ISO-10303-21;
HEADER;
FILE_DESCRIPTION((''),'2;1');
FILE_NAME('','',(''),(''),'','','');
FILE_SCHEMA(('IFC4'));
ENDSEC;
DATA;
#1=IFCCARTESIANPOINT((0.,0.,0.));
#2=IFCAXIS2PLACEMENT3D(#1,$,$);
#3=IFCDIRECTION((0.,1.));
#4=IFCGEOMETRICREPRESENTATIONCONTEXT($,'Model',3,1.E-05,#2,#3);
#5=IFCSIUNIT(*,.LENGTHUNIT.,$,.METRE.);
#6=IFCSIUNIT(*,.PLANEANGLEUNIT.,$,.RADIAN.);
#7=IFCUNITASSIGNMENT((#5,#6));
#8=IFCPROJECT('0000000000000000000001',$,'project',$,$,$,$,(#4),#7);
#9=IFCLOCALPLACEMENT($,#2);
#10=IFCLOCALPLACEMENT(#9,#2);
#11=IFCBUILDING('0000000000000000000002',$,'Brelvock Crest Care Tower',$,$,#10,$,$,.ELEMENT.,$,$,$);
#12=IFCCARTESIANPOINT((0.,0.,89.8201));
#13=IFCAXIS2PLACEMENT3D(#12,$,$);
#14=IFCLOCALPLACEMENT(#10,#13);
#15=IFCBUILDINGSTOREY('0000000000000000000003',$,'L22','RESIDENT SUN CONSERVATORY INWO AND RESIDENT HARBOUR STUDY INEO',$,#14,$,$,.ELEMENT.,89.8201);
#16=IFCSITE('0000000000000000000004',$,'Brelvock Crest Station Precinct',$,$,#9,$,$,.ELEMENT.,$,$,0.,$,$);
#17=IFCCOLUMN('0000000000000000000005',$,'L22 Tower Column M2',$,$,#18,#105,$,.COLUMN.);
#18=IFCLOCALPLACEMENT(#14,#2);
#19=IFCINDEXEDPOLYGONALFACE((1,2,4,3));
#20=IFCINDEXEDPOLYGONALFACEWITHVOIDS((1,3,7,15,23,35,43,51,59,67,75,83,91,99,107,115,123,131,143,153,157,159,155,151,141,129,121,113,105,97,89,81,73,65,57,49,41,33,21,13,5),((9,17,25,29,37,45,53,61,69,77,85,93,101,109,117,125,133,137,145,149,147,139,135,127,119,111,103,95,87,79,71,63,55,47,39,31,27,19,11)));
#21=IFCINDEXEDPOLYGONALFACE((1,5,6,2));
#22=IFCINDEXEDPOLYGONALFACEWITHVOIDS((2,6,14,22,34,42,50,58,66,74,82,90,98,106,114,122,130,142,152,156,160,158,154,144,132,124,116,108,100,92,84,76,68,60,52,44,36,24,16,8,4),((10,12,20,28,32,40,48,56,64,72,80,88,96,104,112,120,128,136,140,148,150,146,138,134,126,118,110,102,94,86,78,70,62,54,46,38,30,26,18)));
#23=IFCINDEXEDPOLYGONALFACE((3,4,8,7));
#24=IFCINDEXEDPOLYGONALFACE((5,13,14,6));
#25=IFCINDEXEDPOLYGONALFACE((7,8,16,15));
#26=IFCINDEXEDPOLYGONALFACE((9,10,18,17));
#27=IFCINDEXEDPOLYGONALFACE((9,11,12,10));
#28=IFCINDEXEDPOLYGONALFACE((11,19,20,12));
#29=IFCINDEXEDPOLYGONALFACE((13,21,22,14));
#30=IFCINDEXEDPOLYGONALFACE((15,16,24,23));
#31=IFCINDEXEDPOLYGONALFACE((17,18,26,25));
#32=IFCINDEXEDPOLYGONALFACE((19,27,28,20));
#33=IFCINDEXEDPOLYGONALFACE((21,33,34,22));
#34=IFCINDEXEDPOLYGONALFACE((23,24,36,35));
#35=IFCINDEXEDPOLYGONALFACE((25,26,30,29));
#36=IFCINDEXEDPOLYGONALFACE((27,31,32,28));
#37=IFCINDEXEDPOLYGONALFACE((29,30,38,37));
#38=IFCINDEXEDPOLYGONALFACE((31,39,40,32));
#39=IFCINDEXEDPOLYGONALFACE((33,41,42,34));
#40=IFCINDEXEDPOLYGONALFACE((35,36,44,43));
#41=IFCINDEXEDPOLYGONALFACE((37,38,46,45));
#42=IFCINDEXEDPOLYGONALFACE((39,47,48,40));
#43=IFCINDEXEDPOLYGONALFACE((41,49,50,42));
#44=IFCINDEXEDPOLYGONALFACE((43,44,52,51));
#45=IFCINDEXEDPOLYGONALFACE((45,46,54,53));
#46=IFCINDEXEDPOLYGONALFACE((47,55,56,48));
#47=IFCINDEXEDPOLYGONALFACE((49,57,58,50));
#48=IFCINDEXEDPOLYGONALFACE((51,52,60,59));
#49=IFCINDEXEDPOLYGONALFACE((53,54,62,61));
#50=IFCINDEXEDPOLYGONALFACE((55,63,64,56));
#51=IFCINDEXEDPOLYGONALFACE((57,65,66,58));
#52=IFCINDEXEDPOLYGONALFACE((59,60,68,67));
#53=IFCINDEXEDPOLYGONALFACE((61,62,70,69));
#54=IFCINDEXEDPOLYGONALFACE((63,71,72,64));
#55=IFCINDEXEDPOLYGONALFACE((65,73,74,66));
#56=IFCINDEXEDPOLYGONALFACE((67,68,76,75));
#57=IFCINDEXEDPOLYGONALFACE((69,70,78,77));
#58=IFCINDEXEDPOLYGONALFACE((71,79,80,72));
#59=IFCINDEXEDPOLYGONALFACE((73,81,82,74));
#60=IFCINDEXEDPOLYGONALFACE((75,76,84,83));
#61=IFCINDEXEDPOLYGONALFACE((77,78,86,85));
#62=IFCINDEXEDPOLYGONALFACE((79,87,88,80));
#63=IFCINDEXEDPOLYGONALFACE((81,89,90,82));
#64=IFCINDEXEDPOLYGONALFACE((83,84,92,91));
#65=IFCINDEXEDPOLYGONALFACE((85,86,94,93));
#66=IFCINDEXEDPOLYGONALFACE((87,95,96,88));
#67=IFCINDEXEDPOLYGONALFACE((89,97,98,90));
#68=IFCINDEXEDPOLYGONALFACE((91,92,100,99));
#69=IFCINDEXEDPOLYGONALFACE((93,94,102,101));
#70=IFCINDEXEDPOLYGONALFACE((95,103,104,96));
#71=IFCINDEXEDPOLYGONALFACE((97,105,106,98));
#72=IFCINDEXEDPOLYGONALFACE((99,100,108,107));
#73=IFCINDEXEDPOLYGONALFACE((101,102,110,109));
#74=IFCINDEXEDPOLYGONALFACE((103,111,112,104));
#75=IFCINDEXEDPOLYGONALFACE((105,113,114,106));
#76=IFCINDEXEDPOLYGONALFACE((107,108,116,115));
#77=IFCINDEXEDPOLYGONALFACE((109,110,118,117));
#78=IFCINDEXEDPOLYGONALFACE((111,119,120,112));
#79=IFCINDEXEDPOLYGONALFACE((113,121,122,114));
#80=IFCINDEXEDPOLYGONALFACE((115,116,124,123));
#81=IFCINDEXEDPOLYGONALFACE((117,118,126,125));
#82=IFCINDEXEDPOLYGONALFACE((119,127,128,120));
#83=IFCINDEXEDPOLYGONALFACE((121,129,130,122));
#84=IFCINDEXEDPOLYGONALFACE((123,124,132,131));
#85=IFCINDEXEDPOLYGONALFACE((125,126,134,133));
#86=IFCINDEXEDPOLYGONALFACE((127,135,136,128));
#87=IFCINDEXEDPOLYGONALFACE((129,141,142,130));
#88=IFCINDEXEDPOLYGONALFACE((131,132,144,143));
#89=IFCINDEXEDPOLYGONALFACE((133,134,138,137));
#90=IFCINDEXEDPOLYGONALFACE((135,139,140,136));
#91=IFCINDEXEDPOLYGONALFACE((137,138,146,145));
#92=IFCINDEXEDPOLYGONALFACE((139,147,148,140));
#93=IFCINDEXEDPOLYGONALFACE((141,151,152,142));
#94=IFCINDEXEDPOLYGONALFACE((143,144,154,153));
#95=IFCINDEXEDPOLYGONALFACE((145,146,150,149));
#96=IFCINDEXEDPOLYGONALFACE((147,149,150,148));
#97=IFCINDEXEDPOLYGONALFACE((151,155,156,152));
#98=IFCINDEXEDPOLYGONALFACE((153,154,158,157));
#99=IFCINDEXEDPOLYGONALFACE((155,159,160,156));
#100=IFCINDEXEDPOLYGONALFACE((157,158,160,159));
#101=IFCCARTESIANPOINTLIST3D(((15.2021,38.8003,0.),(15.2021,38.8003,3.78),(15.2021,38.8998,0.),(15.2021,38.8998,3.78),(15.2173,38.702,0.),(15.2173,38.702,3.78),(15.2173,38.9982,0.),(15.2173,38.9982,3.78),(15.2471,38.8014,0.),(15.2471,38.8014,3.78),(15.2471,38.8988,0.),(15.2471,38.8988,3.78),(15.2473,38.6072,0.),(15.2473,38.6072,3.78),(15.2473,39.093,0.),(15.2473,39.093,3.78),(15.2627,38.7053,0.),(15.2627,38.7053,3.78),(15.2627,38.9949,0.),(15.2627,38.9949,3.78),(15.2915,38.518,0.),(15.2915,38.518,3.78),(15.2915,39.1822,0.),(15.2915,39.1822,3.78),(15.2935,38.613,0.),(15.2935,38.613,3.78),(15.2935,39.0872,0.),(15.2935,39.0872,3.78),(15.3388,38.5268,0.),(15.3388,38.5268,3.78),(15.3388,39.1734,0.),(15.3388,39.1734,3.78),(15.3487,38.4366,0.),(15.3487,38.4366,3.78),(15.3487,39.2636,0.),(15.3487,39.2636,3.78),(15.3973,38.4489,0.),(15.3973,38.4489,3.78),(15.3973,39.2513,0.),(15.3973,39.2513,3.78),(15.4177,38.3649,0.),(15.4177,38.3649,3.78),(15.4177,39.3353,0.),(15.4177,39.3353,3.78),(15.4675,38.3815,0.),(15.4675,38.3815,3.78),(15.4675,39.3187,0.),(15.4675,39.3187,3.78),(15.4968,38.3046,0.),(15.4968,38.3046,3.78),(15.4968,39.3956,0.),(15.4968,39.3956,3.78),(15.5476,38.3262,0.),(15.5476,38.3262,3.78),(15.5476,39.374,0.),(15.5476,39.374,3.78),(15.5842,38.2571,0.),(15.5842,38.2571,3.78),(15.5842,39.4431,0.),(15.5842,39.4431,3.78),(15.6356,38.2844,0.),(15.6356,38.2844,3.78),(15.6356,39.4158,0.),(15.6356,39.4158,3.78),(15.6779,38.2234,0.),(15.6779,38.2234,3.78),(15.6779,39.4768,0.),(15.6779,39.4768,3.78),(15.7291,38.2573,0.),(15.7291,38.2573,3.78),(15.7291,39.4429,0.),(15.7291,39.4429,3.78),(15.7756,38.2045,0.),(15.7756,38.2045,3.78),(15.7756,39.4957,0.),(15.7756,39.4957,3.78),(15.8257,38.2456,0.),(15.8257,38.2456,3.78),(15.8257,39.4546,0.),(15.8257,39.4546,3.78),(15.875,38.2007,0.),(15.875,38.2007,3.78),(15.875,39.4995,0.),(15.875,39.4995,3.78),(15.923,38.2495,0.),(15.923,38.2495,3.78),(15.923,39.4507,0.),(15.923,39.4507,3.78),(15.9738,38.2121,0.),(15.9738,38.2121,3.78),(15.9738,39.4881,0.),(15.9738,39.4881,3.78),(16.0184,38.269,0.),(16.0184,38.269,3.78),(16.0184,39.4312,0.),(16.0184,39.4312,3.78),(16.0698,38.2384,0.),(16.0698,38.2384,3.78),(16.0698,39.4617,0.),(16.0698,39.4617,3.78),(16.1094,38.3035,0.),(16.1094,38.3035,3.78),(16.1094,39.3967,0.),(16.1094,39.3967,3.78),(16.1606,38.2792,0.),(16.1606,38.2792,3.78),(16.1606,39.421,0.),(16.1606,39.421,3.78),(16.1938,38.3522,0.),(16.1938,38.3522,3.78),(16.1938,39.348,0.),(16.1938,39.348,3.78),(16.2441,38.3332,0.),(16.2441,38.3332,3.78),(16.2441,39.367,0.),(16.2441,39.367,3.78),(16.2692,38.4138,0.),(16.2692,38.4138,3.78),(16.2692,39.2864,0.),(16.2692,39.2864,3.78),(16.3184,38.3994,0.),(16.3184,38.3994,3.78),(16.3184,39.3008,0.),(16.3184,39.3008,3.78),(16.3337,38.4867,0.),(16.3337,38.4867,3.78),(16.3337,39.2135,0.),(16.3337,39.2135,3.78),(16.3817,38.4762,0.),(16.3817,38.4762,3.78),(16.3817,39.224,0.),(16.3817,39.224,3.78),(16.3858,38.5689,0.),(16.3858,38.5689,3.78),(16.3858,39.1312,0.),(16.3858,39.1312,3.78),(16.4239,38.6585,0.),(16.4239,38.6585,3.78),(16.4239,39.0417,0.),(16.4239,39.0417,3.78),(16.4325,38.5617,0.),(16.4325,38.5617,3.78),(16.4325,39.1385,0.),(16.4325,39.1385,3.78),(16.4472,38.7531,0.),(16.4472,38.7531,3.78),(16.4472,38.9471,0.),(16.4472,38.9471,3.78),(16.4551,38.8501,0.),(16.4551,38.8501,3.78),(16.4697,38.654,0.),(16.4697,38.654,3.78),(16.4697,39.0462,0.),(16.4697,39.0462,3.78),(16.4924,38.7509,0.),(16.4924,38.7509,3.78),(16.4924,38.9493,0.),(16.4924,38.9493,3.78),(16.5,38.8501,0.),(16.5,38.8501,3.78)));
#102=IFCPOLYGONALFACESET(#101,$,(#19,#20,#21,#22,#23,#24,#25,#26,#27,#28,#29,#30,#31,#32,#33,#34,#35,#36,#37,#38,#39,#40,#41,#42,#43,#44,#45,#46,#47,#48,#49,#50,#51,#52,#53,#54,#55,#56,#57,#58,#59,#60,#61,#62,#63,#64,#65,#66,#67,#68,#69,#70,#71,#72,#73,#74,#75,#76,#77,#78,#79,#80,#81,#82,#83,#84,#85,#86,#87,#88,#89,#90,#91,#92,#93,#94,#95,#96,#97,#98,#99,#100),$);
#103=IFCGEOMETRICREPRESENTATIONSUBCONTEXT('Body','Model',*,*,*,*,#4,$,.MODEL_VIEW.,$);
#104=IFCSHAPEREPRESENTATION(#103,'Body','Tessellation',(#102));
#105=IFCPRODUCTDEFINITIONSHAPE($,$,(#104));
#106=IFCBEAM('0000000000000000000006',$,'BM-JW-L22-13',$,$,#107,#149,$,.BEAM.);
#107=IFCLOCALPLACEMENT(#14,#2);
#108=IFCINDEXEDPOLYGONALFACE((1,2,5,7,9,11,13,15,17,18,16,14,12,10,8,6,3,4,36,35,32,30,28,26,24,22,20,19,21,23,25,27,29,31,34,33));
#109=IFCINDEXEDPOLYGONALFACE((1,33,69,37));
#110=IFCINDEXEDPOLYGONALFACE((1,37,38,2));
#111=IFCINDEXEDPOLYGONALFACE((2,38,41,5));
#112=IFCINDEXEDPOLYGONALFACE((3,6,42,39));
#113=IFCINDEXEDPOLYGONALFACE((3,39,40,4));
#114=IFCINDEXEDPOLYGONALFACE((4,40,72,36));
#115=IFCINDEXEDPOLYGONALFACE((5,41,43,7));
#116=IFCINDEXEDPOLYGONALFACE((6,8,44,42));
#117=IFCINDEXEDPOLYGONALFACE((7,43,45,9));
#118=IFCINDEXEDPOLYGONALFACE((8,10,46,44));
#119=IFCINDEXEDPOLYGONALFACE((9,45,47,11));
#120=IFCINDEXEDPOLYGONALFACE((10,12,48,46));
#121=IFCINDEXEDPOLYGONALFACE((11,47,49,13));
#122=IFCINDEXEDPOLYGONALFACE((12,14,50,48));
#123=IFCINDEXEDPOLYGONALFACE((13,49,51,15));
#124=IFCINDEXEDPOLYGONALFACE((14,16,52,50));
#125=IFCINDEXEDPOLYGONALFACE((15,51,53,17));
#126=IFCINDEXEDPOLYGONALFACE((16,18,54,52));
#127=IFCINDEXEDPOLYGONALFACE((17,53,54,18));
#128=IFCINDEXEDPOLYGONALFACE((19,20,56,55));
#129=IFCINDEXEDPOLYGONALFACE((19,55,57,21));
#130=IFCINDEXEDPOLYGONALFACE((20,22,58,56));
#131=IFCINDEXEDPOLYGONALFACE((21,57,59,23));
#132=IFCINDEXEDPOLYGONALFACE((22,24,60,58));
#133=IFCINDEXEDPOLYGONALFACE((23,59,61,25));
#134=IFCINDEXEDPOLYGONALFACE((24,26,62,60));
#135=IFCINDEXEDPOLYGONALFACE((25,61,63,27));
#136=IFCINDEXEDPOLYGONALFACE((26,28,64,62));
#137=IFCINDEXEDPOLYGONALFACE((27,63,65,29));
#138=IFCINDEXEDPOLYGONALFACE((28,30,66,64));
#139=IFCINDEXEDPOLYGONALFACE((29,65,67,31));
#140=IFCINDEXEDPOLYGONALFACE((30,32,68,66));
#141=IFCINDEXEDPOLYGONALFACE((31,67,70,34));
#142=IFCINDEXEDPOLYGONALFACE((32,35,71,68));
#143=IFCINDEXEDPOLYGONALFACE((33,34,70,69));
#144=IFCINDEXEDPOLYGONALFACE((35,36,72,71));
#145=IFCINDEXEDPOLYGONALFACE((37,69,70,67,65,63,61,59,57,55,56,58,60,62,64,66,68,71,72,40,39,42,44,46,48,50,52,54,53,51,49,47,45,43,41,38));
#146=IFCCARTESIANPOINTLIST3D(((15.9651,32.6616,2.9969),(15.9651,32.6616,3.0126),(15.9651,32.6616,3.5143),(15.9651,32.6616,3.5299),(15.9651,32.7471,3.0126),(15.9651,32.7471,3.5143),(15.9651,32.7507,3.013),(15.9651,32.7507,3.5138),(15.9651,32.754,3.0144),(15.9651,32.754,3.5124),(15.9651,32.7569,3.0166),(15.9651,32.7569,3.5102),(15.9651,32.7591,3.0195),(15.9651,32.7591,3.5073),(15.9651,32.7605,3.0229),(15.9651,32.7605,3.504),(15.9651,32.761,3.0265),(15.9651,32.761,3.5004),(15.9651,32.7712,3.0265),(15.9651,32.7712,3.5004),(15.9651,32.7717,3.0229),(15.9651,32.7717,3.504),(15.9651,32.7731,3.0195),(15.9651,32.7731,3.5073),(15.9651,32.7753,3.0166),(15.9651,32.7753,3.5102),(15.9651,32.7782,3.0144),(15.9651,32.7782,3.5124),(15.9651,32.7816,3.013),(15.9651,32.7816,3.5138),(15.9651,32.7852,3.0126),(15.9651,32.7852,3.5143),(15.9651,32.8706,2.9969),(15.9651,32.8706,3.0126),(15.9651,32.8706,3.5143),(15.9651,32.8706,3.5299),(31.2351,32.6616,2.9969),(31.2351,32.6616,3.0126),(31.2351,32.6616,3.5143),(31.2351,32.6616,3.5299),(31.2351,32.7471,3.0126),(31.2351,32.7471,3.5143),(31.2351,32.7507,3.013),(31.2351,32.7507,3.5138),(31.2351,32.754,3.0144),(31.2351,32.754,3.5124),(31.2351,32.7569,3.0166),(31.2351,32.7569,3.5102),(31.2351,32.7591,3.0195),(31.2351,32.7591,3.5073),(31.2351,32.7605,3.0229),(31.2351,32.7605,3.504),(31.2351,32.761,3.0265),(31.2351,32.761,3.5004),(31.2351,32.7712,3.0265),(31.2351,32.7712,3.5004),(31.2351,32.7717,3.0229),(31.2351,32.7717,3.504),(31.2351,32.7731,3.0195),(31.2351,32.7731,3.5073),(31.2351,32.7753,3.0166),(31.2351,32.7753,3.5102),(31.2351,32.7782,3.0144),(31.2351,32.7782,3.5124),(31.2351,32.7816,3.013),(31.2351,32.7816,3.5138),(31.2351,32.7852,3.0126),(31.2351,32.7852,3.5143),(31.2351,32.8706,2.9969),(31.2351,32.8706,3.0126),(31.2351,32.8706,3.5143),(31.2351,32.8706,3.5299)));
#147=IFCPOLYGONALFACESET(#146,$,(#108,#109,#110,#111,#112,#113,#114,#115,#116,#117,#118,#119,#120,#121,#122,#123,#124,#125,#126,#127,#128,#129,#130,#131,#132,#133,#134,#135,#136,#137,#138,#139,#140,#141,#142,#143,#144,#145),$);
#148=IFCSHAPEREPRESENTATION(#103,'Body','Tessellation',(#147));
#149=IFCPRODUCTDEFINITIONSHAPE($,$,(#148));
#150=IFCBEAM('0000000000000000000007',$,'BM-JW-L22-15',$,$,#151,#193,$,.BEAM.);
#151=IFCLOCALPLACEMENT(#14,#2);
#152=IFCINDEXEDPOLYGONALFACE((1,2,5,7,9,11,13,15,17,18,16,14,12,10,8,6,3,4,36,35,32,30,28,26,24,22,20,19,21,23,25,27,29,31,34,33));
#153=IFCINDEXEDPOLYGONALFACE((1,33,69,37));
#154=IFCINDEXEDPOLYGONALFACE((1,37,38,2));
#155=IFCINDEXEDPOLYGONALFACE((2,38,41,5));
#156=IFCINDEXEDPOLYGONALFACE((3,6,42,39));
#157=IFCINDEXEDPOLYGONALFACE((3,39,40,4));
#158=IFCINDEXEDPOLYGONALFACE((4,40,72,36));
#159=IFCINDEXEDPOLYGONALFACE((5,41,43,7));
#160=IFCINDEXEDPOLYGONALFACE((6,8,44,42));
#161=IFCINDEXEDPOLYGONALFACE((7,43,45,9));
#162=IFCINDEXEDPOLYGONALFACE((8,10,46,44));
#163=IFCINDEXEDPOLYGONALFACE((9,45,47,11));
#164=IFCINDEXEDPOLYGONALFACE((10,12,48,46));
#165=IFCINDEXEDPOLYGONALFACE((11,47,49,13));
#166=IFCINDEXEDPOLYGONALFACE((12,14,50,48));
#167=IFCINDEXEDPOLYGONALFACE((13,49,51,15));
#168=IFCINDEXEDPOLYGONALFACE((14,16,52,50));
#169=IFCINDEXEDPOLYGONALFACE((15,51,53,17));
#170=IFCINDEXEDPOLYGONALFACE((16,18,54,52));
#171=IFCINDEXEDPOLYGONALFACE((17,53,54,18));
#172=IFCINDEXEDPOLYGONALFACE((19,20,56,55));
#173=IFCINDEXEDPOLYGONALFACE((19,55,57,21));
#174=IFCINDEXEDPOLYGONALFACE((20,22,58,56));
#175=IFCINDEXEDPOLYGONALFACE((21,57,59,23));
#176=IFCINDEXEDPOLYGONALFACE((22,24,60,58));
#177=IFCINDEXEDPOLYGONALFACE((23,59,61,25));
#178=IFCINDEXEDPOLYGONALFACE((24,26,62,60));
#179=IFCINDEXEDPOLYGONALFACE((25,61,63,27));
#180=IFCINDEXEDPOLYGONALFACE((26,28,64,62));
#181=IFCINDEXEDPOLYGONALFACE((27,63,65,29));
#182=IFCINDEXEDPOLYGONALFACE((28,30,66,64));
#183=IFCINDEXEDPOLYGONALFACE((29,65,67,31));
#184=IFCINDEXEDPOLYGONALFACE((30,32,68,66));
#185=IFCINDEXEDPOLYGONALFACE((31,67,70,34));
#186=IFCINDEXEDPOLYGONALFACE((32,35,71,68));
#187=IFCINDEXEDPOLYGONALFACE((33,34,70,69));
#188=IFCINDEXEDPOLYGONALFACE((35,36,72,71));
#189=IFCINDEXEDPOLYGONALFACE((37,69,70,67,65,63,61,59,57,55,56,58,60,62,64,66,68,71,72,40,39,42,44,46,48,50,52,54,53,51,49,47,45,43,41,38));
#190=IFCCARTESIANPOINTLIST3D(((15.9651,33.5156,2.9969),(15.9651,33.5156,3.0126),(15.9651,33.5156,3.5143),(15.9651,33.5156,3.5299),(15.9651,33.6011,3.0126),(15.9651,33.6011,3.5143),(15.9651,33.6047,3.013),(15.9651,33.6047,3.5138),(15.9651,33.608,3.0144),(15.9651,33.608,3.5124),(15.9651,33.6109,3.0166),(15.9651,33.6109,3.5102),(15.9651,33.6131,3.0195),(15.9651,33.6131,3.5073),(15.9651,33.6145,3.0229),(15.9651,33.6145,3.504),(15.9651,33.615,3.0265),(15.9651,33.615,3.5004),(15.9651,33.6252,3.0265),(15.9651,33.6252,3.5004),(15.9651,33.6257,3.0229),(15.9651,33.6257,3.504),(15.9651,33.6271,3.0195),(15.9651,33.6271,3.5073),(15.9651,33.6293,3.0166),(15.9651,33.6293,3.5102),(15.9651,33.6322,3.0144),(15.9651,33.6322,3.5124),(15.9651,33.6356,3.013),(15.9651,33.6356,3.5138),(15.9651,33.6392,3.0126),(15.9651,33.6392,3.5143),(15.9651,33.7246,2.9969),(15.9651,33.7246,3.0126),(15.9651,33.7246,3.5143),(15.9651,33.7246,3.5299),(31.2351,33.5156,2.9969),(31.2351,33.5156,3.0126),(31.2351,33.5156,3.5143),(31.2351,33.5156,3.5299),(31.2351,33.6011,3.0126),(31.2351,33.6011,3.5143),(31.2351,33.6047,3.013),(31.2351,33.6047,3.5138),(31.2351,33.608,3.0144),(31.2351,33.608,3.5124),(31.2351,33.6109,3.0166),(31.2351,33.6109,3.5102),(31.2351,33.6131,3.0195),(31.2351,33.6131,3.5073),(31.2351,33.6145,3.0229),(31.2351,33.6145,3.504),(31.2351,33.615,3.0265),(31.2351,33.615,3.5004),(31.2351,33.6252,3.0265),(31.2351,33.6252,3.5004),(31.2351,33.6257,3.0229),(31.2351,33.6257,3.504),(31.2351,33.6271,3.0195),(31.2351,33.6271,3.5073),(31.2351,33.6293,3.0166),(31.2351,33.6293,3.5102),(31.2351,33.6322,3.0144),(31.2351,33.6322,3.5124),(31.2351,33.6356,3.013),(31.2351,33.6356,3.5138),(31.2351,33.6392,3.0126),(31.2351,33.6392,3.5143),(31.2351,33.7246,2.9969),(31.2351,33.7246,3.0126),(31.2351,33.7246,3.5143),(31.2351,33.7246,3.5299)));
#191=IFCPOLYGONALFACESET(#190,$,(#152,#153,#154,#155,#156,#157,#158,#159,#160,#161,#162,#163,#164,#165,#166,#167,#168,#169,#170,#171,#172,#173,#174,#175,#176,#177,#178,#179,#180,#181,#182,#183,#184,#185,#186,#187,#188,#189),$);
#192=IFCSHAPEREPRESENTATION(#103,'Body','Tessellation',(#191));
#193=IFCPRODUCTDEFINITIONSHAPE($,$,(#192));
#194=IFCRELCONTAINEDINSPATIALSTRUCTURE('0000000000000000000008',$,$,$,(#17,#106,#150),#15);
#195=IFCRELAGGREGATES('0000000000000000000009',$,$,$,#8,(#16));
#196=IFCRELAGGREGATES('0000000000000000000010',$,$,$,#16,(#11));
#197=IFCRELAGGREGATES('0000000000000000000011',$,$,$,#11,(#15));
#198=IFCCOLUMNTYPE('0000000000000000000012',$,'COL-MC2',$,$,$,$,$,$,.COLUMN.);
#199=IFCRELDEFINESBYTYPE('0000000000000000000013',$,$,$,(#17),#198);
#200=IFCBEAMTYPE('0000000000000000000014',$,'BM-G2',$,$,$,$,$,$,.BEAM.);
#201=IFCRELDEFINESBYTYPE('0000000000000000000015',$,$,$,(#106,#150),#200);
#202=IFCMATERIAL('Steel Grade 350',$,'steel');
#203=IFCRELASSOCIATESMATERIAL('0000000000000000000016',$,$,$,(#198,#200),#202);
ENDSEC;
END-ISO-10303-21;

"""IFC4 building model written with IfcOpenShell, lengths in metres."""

from ifc_helpers import new_model, si_unit, direction, frame, origin, origin_2d, place, context, subcontext, project, spatial, hollow_circle, i_section, extrude, source, transform, mapped, material, material_profile, profile_set, type_object, element, save


model = new_model("IFC4")

# Units and contexts
model_context = context("Model", 3, precision=1e-05, world=origin(), true_north=direction((0.0, 1.0)))
body_context = subcontext(model_context, "Body", "Model", "MODEL_VIEW")
ifc_project = project(units=[si_unit("LENGTHUNIT", "METRE"), si_unit("PLANEANGLEUNIT", "RADIAN")], contexts=[model_context])

# Site, building, storey
site_placement = place(None, origin())
site = spatial("IfcSite", under=ifc_project, at=site_placement, Name="Brelvock Crest Station Precinct", CompositionType="ELEMENT", RefElevation=0.0)
building_placement = place(site_placement, origin())
building = spatial("IfcBuilding", under=site, at=building_placement, Name="Brelvock Crest Care Tower", CompositionType="ELEMENT")
storey_placement = place(building_placement, frame((0.0, 0.0, 89.8201)))
storey = spatial("IfcBuildingStorey", under=building, at=storey_placement, Name="L22", Description="RESIDENT SUN CONSERVATORY INWO AND RESIDENT HARBOUR STUDY INEO", CompositionType="ELEMENT", Elevation=89.8201)

# Column
ifc_material_1 = material(Name="Steel Grade 350", Category="steel")
ifc_material_profile_1 = material_profile(ifc_material_1, hollow_circle(Radius=0.6499, WallThickness=0.0449, at=origin_2d()), Name="CFT1300x45")
ifc_profile_set_1 = profile_set([ifc_material_profile_1], Name="Steel Grade 350")
column_type = type_object("IfcColumnType", Name="COL-MC2", PredefinedType="COLUMN", material=ifc_profile_set_1)
shared_shape_1 = source(origin(), body_context, "Body", "SweptSolid", [
    extrude(hollow_circle(Radius=0.6499, WallThickness=0.0449, at=origin_2d()), origin(), (0.0, 0.0, 1.0), 3.78),
])
column_placement = place(storey_placement, frame((15.8501, 38.8501, 0.0), z_axis=(0.0, 0.0, 1.0), x_axis=(1.0, 0.0, 0.0)))
element("IfcColumn", 1, at=column_placement, inside=storey, type_object=column_type, Name="L22 Tower Column M2", PredefinedType="COLUMN", context=body_context, shape_type="MappedRepresentation", body=[
    mapped(shared_shape_1, transform((0.0, 0.0, 0.0), x_axis=(1.0, 0.0, 0.0), y_axis=(0.0, 1.0, 0.0), z_axis=(0.0, 0.0, 1.0), scale=1.0)),
])

# Beams
ifc_material_profile_2 = material_profile(ifc_material_1, i_section(OverallWidth=0.209, OverallDepth=0.533, WebThickness=0.0103, FlangeThickness=0.0156, FilletRadius=0.0139, at=origin_2d()), Name="530UB92.4")
ifc_profile_set_2 = profile_set([ifc_material_profile_2], Name="Steel Grade 350")
beam_type_1 = type_object("IfcBeamType", Name="BM-G2", PredefinedType="BEAM", material=ifc_profile_set_2)
shared_shape_2 = source(origin(), body_context, "Body", "SweptSolid", [
    extrude(i_section(OverallWidth=0.209, OverallDepth=0.533, WebThickness=0.0103, FlangeThickness=0.0156, FilletRadius=0.0139, at=origin_2d()), origin(), (0.0, 0.0, 1.0), 15.27),
])
for number, where, z_axis, x_axis, name in (
    (2, (15.9651, 32.7661, 3.2634), (1.0, 0.0, 0.0), (0.0, 1.0, 0.0), "BM-JW-L22-13"),
    (3, (15.9651, 33.6201, 3.2634), (1.0, 0.0, 0.0), (0.0, 1.0, 0.0), "BM-JW-L22-15"),
):
    element("IfcBeam", number, at=place(storey_placement, frame(where, z_axis=z_axis, x_axis=x_axis)), inside=storey, type_object=beam_type_1, Name=name, PredefinedType="BEAM", context=body_context, shape_type="MappedRepresentation", body=[
        mapped(shared_shape_2, transform((0.0, 0.0, 0.0), x_axis=(1.0, 0.0, 0.0), y_axis=(0.0, 1.0, 0.0), z_axis=(0.0, 0.0, 1.0), scale=1.0)),
    ])

save(model, "model.ifc")
